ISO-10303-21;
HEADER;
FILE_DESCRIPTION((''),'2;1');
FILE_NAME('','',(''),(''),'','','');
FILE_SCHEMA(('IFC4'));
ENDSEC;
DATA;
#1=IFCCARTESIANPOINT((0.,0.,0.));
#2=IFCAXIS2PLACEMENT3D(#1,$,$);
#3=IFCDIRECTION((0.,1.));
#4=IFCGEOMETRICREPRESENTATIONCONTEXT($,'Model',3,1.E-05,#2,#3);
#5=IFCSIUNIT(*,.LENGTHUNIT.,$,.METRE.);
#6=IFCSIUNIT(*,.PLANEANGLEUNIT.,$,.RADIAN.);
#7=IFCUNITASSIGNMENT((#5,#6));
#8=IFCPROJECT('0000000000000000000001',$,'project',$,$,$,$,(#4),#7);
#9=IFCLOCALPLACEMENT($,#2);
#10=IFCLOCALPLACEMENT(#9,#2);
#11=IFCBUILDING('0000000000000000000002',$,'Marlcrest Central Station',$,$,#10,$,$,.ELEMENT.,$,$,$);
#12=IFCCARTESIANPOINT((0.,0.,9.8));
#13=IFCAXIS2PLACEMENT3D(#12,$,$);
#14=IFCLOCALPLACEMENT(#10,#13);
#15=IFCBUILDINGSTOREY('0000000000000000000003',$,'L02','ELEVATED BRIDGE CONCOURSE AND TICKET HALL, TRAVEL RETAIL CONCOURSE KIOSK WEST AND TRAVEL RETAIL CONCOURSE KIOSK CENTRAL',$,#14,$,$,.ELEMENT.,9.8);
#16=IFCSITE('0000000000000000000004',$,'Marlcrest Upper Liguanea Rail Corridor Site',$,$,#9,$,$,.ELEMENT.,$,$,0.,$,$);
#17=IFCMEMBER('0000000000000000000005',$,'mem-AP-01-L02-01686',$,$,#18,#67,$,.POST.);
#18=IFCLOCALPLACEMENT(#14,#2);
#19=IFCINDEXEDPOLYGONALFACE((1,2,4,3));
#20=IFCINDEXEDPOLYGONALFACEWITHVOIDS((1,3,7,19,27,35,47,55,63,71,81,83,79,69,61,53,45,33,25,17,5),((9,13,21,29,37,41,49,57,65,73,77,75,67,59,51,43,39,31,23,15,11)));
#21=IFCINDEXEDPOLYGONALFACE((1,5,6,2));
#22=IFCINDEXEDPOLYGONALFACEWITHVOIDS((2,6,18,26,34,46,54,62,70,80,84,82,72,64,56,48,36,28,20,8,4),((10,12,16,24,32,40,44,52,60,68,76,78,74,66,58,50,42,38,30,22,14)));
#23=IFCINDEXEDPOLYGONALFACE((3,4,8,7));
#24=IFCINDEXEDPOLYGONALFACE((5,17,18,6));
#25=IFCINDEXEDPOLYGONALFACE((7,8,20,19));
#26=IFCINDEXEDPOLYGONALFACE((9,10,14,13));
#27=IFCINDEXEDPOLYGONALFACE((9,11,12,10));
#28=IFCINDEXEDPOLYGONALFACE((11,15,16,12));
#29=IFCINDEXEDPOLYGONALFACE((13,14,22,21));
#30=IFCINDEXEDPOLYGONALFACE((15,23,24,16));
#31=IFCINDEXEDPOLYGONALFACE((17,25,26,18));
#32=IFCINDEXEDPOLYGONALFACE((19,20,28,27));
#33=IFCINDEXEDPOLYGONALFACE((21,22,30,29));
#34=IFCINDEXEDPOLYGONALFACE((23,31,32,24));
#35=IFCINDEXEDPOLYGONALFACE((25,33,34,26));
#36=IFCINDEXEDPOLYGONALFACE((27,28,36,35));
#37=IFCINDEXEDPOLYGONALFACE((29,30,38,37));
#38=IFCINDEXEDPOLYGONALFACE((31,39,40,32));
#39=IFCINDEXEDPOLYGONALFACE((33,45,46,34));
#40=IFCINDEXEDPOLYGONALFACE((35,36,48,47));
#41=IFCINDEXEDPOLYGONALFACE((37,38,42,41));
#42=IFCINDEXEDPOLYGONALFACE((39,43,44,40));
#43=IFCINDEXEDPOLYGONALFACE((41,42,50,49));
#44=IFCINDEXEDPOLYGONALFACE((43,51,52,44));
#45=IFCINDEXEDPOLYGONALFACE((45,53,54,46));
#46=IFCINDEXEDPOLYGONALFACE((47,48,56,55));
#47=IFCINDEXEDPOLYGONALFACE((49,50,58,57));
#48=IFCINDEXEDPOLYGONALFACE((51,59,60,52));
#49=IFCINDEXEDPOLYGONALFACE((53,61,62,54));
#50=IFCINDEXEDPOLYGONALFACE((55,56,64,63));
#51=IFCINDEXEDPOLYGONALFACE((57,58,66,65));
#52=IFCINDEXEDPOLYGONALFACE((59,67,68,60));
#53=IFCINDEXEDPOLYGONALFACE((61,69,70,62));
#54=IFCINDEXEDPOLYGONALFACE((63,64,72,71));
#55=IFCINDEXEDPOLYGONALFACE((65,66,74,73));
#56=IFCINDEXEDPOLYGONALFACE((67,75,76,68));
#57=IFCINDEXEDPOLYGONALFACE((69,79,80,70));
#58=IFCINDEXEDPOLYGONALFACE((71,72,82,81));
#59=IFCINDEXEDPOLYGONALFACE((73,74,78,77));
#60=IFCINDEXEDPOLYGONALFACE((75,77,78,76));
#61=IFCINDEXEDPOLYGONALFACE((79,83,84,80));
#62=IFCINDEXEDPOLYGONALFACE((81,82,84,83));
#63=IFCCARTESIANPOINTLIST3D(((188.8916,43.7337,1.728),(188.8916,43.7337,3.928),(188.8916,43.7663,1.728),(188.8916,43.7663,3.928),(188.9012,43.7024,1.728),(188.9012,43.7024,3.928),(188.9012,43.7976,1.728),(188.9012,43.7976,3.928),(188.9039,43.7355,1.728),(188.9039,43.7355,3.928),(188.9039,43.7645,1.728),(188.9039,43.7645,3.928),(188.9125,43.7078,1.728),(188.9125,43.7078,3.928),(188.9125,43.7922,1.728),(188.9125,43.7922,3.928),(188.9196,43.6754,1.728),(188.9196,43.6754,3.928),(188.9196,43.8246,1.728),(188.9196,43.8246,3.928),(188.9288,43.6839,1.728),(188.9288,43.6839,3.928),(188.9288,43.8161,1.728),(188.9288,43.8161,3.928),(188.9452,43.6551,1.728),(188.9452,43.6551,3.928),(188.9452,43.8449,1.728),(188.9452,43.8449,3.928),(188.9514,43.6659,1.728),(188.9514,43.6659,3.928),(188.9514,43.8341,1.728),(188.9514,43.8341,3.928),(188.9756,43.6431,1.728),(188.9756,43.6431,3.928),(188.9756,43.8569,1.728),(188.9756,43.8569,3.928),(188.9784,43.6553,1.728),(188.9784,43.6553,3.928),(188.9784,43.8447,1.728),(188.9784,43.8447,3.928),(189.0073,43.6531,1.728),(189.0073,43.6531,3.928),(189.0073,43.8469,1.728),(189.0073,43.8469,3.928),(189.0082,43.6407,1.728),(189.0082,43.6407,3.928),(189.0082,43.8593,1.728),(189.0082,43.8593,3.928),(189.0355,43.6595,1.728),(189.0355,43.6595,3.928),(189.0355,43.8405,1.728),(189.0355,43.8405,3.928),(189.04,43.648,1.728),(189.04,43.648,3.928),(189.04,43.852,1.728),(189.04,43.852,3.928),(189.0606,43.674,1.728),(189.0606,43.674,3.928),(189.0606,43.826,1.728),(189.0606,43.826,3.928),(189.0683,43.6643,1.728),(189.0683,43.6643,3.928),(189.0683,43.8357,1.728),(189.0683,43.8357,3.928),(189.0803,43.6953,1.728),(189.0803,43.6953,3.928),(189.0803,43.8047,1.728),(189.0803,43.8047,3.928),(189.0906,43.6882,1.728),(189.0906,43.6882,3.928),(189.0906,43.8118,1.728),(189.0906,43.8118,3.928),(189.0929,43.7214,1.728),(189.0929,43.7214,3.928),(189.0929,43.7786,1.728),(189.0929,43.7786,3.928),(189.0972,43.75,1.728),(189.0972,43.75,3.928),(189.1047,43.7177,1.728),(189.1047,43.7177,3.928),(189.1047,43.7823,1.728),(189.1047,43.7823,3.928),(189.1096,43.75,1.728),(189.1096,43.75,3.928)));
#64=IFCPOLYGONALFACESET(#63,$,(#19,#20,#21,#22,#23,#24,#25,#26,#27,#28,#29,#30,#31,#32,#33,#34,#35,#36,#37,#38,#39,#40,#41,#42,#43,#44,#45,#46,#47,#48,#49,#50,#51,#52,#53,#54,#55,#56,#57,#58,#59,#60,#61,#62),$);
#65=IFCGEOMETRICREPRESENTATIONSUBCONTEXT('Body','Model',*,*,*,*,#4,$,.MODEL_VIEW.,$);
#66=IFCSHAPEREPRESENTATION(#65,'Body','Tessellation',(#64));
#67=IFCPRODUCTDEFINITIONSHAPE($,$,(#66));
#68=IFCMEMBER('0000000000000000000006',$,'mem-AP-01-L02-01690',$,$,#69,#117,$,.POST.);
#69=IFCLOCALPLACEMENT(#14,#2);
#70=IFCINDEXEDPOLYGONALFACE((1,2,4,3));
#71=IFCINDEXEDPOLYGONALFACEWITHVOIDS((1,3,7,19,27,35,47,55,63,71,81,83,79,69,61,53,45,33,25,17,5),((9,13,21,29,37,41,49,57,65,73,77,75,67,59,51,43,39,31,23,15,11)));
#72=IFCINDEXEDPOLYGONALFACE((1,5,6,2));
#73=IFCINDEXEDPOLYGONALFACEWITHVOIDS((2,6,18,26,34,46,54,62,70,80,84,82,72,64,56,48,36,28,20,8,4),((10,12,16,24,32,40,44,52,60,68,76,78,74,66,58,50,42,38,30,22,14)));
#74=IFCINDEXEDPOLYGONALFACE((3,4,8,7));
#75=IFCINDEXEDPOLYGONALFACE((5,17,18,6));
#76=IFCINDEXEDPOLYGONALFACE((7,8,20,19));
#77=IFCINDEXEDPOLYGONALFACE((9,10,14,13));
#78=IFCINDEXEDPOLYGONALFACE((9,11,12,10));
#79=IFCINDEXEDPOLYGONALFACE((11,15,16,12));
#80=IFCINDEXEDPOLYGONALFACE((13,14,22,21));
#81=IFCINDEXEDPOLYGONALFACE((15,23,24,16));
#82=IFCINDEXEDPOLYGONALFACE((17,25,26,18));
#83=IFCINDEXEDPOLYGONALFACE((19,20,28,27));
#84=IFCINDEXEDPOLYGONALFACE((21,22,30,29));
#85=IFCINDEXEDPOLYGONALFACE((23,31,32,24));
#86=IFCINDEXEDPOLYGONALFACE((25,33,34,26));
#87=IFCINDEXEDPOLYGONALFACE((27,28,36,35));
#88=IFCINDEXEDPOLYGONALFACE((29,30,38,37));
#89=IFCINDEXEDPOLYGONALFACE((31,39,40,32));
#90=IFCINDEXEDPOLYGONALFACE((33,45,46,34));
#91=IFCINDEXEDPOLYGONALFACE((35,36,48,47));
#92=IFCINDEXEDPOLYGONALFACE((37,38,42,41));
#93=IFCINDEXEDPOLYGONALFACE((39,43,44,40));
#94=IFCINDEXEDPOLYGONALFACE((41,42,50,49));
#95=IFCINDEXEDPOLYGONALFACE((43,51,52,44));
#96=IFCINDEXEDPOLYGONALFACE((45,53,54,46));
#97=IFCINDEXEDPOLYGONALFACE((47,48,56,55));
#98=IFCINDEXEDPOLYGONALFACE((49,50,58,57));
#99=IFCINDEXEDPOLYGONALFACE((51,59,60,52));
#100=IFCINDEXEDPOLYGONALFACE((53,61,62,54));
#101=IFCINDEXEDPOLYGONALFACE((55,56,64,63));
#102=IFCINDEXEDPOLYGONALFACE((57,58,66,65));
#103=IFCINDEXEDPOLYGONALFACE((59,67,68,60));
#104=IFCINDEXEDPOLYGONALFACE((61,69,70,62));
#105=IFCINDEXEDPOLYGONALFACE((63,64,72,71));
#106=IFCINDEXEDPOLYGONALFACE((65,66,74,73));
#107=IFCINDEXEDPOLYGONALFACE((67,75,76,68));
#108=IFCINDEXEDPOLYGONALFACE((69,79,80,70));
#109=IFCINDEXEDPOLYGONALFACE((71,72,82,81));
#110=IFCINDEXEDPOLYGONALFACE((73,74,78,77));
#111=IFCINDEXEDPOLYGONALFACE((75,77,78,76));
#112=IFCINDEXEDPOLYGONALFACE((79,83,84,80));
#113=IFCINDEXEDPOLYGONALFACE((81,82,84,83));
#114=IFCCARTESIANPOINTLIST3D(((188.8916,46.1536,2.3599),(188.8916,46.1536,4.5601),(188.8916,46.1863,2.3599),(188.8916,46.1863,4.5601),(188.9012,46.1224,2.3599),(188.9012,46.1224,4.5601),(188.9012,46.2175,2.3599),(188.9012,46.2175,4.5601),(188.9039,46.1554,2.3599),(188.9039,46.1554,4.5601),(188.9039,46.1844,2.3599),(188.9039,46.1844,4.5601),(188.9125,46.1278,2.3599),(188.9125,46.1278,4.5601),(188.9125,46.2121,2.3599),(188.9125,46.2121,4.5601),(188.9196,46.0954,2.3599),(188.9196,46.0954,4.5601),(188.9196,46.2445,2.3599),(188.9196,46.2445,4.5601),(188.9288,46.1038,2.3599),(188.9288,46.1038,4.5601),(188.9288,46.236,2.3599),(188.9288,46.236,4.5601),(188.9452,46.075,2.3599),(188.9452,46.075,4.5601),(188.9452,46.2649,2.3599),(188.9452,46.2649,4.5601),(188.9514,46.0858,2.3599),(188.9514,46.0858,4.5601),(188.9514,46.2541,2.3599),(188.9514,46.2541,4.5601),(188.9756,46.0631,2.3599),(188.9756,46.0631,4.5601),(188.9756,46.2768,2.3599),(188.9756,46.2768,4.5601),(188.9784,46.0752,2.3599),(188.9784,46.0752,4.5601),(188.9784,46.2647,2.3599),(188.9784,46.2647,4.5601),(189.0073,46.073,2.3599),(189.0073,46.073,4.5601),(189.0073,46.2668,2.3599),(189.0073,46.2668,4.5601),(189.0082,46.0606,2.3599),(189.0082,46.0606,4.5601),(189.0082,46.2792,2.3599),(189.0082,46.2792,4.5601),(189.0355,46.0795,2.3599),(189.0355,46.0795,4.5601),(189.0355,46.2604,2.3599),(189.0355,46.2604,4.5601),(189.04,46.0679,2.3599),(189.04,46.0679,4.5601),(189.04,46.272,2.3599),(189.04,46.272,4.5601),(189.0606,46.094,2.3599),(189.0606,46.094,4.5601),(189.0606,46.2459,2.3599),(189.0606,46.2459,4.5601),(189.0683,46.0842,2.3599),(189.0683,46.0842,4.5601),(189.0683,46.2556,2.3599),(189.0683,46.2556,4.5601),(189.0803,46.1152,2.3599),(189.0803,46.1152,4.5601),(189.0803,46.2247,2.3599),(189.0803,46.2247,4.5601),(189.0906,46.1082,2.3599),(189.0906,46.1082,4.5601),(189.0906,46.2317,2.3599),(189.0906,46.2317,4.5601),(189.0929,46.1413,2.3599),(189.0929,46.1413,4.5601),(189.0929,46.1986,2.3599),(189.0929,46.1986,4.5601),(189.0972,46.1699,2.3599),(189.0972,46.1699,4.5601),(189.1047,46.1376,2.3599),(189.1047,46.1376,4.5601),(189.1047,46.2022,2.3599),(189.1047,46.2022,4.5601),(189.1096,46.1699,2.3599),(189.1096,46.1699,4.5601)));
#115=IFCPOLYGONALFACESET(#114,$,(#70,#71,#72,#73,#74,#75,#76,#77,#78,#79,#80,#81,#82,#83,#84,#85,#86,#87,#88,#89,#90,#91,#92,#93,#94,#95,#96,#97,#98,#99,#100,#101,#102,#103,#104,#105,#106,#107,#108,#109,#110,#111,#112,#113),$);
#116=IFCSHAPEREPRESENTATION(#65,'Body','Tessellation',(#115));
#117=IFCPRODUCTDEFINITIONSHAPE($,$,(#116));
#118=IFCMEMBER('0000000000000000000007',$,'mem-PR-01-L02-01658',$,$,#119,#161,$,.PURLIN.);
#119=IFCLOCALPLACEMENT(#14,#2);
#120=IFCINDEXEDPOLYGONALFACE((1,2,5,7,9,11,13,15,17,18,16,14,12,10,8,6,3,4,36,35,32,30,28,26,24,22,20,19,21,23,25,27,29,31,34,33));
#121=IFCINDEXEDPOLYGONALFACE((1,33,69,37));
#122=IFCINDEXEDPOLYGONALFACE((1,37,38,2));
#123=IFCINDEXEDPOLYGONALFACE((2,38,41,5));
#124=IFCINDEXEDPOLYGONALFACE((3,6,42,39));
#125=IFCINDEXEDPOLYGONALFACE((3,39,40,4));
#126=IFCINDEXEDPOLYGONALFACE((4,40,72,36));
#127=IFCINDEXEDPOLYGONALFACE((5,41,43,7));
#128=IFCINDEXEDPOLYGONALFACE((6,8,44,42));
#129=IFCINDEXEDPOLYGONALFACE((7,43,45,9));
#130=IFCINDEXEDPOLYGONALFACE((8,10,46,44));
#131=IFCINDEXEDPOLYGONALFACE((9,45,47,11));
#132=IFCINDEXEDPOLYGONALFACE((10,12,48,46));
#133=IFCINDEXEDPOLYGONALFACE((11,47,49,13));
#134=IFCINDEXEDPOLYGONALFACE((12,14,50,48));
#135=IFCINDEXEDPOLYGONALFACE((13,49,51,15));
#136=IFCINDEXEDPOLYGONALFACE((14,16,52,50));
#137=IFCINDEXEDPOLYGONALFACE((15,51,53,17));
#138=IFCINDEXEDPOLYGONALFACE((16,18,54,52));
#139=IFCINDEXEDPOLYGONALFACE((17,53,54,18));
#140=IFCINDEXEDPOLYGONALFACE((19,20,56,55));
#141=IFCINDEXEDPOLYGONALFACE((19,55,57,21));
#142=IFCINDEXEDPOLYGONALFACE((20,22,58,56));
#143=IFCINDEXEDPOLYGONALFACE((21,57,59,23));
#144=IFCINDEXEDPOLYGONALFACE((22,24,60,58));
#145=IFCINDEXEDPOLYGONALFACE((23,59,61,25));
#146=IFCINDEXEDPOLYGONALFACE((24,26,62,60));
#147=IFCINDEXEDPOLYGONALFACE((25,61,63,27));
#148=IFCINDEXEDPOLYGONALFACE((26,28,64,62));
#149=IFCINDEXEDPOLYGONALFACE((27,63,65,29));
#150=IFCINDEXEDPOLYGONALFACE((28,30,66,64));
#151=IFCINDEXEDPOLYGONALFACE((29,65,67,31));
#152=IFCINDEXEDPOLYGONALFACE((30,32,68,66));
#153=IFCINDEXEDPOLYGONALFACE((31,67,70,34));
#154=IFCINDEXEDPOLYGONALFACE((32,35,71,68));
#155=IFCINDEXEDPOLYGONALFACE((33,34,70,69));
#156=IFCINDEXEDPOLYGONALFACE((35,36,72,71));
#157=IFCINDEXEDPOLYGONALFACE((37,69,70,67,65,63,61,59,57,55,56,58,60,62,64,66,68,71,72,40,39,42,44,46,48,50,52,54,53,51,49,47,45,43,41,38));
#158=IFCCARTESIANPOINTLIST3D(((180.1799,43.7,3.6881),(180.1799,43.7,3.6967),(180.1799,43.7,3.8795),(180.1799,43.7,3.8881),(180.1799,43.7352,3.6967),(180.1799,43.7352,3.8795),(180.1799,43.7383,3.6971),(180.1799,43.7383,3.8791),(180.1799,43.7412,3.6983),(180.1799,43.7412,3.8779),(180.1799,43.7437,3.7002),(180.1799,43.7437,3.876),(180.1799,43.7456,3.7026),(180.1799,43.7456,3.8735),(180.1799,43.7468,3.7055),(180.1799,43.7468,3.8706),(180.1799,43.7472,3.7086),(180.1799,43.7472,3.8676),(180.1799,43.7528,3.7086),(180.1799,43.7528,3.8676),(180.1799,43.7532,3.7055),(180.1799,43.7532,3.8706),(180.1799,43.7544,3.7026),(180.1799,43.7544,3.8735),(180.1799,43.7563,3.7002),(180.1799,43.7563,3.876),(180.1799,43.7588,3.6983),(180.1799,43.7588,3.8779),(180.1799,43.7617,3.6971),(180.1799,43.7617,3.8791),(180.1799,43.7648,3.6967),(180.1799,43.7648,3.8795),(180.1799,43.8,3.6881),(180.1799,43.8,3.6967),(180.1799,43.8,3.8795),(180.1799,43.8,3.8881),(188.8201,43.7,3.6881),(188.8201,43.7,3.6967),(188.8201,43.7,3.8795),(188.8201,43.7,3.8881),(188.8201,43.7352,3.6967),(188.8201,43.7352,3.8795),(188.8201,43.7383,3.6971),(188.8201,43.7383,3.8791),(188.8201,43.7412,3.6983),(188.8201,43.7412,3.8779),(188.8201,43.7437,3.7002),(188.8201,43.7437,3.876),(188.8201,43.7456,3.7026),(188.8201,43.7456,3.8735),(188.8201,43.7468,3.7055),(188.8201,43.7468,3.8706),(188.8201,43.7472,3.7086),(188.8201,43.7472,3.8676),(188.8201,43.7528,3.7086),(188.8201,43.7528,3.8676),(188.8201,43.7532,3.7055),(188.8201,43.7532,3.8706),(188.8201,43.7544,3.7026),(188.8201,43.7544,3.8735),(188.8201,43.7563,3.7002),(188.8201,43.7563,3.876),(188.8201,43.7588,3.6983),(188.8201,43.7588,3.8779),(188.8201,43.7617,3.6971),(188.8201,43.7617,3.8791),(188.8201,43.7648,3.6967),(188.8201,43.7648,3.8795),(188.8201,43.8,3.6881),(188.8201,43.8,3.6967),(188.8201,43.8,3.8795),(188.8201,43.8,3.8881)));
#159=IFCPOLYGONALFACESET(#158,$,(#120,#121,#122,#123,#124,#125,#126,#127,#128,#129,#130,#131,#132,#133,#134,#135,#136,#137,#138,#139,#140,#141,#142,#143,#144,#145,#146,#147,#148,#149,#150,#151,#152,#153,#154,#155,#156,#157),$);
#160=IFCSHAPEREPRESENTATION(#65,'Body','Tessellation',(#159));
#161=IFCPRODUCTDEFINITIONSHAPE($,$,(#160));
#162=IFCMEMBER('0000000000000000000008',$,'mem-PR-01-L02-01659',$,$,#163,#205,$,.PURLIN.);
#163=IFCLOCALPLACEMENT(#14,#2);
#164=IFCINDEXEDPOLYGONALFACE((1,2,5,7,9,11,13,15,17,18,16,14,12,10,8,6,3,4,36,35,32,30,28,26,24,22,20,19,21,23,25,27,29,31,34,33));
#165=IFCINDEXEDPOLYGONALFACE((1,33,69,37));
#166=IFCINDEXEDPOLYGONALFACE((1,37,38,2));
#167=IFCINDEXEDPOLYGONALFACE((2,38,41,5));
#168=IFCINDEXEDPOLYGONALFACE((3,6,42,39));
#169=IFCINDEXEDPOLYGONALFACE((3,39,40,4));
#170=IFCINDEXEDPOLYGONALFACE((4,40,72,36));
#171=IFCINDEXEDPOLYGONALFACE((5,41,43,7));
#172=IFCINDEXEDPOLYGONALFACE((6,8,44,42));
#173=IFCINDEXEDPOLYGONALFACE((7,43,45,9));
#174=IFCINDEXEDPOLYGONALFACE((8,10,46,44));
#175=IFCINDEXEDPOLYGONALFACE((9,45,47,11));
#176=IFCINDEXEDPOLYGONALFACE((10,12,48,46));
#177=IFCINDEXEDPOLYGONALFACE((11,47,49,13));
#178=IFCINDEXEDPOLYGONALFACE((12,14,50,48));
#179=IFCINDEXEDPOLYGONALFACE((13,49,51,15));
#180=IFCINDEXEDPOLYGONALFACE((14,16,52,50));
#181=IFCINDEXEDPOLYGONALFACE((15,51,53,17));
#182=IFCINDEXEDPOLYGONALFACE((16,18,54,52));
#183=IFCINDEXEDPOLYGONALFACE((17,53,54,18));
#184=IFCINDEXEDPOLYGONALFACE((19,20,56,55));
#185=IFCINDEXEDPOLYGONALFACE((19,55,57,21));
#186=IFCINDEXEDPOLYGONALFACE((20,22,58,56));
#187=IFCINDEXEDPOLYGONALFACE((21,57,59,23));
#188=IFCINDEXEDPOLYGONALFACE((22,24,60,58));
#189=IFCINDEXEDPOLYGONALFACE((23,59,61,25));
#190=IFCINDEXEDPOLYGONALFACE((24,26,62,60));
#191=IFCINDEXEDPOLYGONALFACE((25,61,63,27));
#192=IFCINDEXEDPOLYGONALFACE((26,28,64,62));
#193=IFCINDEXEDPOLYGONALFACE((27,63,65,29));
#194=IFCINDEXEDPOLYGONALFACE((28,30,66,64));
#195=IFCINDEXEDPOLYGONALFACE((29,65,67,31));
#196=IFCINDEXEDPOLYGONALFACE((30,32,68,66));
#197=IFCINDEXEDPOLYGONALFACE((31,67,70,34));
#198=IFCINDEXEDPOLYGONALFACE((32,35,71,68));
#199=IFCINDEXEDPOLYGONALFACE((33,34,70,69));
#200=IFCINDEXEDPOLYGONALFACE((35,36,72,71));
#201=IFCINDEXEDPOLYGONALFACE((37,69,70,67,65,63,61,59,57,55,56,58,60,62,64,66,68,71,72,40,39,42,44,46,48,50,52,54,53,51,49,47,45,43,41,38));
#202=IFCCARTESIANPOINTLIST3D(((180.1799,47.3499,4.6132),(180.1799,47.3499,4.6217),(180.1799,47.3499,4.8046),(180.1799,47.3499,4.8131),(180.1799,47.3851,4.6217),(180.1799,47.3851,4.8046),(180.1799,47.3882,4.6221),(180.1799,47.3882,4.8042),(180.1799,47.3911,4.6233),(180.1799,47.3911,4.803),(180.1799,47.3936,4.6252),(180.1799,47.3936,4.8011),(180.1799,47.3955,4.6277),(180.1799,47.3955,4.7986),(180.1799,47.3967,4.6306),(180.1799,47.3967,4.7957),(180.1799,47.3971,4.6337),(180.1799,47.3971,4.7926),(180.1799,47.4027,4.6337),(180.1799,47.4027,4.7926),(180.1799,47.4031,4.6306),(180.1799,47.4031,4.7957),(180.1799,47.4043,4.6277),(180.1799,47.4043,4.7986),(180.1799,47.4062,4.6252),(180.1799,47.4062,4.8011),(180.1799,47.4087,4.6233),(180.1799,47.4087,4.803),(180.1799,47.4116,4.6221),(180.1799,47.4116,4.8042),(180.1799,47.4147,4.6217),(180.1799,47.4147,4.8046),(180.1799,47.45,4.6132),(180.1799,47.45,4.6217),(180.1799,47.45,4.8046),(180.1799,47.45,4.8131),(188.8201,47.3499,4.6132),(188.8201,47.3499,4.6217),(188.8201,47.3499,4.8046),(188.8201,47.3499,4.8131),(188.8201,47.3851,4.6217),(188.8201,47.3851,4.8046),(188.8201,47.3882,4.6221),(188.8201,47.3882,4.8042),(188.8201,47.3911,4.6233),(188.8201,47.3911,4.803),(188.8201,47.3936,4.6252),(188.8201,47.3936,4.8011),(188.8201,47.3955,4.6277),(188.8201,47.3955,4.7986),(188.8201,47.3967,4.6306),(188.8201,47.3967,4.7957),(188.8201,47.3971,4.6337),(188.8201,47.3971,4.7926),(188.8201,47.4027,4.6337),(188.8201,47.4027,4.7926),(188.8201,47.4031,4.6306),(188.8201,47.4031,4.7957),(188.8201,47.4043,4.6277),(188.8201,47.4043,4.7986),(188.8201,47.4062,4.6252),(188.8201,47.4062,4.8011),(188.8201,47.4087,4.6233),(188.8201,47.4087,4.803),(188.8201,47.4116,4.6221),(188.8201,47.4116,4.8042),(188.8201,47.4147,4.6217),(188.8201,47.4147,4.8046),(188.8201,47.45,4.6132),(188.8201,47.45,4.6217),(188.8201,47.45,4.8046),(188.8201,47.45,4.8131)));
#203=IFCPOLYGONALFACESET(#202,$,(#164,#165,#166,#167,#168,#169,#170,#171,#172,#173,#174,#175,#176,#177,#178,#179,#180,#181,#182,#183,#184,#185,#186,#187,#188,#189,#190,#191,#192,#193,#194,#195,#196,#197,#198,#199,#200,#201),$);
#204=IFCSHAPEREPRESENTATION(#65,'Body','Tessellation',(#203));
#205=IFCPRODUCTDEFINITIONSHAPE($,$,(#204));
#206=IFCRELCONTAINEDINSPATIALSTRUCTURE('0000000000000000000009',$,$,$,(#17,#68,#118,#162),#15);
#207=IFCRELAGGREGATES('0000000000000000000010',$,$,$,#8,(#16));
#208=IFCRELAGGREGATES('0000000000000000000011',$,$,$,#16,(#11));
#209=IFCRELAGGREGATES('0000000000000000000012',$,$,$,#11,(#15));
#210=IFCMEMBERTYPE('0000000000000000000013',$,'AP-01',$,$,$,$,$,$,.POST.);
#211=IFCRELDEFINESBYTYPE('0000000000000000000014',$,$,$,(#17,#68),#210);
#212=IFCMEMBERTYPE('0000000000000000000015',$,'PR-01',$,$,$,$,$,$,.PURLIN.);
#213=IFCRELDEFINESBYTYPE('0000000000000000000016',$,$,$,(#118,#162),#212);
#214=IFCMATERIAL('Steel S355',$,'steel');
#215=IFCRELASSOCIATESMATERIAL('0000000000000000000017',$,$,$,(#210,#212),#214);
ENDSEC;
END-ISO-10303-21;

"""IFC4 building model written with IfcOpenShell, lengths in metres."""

from ifc_helpers import new_model, si_unit, direction, frame, origin, origin_2d, place, context, subcontext, project, spatial, hollow_circle, i_section, extrude, material, material_profile, profile_set, type_object, element, save


model = new_model("IFC4")

# Units and contexts
model_context = context("Model", 3, precision=1e-05, world=origin(), true_north=direction((0.0, 1.0)))
body_context = subcontext(model_context, "Body", "Model", "MODEL_VIEW")
ifc_project = project(units=[si_unit("LENGTHUNIT", "METRE"), si_unit("PLANEANGLEUNIT", "RADIAN")], contexts=[model_context])

# Site, building, storey
site_placement = place(None, origin())
site = spatial("IfcSite", under=ifc_project, at=site_placement, Name="Marlcrest Upper Liguanea Rail Corridor Site", CompositionType="ELEMENT", RefElevation=0.0)
building_placement = place(site_placement, origin())
building = spatial("IfcBuilding", under=site, at=building_placement, Name="Marlcrest Central Station", CompositionType="ELEMENT")
storey_placement = place(building_placement, frame((0.0, 0.0, 9.8)))
storey = spatial("IfcBuildingStorey", under=building, at=storey_placement, Name="L02", Description="ELEVATED BRIDGE CONCOURSE AND TICKET HALL, TRAVEL RETAIL CONCOURSE KIOSK WEST AND TRAVEL RETAIL CONCOURSE KIOSK CENTRAL", CompositionType="ELEMENT", Elevation=9.8)

# Members
ifc_material_1 = material(Name="Steel S355", Category="steel")
ifc_material_profile_1 = material_profile(ifc_material_1, hollow_circle(Radius=0.1096, WallThickness=0.0125, at=origin_2d()), Name="CHS 219.1x12.5")
ifc_profile_set_1 = profile_set([ifc_material_profile_1], Name="Steel S355")
member_type_1 = type_object("IfcMemberType", Name="AP-01", PredefinedType="POST", material=ifc_profile_set_1)
member_1_placement = place(storey_placement, frame((189.0, 43.75, 1.728), z_axis=(0.0, 0.0, 1.0), x_axis=(1.0, 0.0, 0.0)))
element("IfcMember", 1, at=member_1_placement, inside=storey, type_object=member_type_1, Name="mem-AP-01-L02-01686", PredefinedType="POST", context=body_context, shape_type="SweptSolid", body=[
    extrude(hollow_circle(Radius=0.1096, WallThickness=0.0125, at=origin_2d()), origin(), (0.0, 0.0, 1.0), 2.2),
])
member_2_placement = place(storey_placement, frame((189.0, 46.1699, 2.3599), z_axis=(0.0, 0.0, 1.0), x_axis=(1.0, 0.0, 0.0)))
element("IfcMember", 2, at=member_2_placement, inside=storey, type_object=member_type_1, Name="mem-AP-01-L02-01690", PredefinedType="POST", context=body_context, shape_type="SweptSolid", body=[
    extrude(hollow_circle(Radius=0.1096, WallThickness=0.0125, at=origin_2d()), origin(), (0.0, 0.0, 1.0), 2.2002),
])
ifc_material_profile_2 = material_profile(ifc_material_1, i_section(OverallWidth=0.1001, OverallDepth=0.2, WebThickness=0.0056, FlangeThickness=0.0085, FilletRadius=0.012, at=origin_2d()), Name="IPE 200")
ifc_profile_set_2 = profile_set([ifc_material_profile_2], Name="Steel S355")
member_type_2 = type_object("IfcMemberType", Name="PR-01", PredefinedType="PURLIN", material=ifc_profile_set_2)
for number, where, z_axis, x_axis, name in (
    (3, (180.1799, 43.75, 3.7881), (1.0, 0.0, 0.0), (0.0, 1.0, 0.0), "mem-PR-01-L02-01658"),
    (4, (180.1799, 47.3999, 4.7131), (1.0, 0.0, 0.0), (0.0, 1.0, 0.0), "mem-PR-01-L02-01659"),
):
    element("IfcMember", number, at=place(storey_placement, frame(where, z_axis=z_axis, x_axis=x_axis)), inside=storey, type_object=member_type_2, Name=name, PredefinedType="PURLIN", context=body_context, shape_type="SweptSolid", body=[
        extrude(i_section(OverallWidth=0.1001, OverallDepth=0.2, WebThickness=0.0056, FlangeThickness=0.0085, FilletRadius=0.012, at=origin_2d()), origin(), (0.0, 0.0, 1.0), 8.6401),
    ])

save(model, "model.ifc")
